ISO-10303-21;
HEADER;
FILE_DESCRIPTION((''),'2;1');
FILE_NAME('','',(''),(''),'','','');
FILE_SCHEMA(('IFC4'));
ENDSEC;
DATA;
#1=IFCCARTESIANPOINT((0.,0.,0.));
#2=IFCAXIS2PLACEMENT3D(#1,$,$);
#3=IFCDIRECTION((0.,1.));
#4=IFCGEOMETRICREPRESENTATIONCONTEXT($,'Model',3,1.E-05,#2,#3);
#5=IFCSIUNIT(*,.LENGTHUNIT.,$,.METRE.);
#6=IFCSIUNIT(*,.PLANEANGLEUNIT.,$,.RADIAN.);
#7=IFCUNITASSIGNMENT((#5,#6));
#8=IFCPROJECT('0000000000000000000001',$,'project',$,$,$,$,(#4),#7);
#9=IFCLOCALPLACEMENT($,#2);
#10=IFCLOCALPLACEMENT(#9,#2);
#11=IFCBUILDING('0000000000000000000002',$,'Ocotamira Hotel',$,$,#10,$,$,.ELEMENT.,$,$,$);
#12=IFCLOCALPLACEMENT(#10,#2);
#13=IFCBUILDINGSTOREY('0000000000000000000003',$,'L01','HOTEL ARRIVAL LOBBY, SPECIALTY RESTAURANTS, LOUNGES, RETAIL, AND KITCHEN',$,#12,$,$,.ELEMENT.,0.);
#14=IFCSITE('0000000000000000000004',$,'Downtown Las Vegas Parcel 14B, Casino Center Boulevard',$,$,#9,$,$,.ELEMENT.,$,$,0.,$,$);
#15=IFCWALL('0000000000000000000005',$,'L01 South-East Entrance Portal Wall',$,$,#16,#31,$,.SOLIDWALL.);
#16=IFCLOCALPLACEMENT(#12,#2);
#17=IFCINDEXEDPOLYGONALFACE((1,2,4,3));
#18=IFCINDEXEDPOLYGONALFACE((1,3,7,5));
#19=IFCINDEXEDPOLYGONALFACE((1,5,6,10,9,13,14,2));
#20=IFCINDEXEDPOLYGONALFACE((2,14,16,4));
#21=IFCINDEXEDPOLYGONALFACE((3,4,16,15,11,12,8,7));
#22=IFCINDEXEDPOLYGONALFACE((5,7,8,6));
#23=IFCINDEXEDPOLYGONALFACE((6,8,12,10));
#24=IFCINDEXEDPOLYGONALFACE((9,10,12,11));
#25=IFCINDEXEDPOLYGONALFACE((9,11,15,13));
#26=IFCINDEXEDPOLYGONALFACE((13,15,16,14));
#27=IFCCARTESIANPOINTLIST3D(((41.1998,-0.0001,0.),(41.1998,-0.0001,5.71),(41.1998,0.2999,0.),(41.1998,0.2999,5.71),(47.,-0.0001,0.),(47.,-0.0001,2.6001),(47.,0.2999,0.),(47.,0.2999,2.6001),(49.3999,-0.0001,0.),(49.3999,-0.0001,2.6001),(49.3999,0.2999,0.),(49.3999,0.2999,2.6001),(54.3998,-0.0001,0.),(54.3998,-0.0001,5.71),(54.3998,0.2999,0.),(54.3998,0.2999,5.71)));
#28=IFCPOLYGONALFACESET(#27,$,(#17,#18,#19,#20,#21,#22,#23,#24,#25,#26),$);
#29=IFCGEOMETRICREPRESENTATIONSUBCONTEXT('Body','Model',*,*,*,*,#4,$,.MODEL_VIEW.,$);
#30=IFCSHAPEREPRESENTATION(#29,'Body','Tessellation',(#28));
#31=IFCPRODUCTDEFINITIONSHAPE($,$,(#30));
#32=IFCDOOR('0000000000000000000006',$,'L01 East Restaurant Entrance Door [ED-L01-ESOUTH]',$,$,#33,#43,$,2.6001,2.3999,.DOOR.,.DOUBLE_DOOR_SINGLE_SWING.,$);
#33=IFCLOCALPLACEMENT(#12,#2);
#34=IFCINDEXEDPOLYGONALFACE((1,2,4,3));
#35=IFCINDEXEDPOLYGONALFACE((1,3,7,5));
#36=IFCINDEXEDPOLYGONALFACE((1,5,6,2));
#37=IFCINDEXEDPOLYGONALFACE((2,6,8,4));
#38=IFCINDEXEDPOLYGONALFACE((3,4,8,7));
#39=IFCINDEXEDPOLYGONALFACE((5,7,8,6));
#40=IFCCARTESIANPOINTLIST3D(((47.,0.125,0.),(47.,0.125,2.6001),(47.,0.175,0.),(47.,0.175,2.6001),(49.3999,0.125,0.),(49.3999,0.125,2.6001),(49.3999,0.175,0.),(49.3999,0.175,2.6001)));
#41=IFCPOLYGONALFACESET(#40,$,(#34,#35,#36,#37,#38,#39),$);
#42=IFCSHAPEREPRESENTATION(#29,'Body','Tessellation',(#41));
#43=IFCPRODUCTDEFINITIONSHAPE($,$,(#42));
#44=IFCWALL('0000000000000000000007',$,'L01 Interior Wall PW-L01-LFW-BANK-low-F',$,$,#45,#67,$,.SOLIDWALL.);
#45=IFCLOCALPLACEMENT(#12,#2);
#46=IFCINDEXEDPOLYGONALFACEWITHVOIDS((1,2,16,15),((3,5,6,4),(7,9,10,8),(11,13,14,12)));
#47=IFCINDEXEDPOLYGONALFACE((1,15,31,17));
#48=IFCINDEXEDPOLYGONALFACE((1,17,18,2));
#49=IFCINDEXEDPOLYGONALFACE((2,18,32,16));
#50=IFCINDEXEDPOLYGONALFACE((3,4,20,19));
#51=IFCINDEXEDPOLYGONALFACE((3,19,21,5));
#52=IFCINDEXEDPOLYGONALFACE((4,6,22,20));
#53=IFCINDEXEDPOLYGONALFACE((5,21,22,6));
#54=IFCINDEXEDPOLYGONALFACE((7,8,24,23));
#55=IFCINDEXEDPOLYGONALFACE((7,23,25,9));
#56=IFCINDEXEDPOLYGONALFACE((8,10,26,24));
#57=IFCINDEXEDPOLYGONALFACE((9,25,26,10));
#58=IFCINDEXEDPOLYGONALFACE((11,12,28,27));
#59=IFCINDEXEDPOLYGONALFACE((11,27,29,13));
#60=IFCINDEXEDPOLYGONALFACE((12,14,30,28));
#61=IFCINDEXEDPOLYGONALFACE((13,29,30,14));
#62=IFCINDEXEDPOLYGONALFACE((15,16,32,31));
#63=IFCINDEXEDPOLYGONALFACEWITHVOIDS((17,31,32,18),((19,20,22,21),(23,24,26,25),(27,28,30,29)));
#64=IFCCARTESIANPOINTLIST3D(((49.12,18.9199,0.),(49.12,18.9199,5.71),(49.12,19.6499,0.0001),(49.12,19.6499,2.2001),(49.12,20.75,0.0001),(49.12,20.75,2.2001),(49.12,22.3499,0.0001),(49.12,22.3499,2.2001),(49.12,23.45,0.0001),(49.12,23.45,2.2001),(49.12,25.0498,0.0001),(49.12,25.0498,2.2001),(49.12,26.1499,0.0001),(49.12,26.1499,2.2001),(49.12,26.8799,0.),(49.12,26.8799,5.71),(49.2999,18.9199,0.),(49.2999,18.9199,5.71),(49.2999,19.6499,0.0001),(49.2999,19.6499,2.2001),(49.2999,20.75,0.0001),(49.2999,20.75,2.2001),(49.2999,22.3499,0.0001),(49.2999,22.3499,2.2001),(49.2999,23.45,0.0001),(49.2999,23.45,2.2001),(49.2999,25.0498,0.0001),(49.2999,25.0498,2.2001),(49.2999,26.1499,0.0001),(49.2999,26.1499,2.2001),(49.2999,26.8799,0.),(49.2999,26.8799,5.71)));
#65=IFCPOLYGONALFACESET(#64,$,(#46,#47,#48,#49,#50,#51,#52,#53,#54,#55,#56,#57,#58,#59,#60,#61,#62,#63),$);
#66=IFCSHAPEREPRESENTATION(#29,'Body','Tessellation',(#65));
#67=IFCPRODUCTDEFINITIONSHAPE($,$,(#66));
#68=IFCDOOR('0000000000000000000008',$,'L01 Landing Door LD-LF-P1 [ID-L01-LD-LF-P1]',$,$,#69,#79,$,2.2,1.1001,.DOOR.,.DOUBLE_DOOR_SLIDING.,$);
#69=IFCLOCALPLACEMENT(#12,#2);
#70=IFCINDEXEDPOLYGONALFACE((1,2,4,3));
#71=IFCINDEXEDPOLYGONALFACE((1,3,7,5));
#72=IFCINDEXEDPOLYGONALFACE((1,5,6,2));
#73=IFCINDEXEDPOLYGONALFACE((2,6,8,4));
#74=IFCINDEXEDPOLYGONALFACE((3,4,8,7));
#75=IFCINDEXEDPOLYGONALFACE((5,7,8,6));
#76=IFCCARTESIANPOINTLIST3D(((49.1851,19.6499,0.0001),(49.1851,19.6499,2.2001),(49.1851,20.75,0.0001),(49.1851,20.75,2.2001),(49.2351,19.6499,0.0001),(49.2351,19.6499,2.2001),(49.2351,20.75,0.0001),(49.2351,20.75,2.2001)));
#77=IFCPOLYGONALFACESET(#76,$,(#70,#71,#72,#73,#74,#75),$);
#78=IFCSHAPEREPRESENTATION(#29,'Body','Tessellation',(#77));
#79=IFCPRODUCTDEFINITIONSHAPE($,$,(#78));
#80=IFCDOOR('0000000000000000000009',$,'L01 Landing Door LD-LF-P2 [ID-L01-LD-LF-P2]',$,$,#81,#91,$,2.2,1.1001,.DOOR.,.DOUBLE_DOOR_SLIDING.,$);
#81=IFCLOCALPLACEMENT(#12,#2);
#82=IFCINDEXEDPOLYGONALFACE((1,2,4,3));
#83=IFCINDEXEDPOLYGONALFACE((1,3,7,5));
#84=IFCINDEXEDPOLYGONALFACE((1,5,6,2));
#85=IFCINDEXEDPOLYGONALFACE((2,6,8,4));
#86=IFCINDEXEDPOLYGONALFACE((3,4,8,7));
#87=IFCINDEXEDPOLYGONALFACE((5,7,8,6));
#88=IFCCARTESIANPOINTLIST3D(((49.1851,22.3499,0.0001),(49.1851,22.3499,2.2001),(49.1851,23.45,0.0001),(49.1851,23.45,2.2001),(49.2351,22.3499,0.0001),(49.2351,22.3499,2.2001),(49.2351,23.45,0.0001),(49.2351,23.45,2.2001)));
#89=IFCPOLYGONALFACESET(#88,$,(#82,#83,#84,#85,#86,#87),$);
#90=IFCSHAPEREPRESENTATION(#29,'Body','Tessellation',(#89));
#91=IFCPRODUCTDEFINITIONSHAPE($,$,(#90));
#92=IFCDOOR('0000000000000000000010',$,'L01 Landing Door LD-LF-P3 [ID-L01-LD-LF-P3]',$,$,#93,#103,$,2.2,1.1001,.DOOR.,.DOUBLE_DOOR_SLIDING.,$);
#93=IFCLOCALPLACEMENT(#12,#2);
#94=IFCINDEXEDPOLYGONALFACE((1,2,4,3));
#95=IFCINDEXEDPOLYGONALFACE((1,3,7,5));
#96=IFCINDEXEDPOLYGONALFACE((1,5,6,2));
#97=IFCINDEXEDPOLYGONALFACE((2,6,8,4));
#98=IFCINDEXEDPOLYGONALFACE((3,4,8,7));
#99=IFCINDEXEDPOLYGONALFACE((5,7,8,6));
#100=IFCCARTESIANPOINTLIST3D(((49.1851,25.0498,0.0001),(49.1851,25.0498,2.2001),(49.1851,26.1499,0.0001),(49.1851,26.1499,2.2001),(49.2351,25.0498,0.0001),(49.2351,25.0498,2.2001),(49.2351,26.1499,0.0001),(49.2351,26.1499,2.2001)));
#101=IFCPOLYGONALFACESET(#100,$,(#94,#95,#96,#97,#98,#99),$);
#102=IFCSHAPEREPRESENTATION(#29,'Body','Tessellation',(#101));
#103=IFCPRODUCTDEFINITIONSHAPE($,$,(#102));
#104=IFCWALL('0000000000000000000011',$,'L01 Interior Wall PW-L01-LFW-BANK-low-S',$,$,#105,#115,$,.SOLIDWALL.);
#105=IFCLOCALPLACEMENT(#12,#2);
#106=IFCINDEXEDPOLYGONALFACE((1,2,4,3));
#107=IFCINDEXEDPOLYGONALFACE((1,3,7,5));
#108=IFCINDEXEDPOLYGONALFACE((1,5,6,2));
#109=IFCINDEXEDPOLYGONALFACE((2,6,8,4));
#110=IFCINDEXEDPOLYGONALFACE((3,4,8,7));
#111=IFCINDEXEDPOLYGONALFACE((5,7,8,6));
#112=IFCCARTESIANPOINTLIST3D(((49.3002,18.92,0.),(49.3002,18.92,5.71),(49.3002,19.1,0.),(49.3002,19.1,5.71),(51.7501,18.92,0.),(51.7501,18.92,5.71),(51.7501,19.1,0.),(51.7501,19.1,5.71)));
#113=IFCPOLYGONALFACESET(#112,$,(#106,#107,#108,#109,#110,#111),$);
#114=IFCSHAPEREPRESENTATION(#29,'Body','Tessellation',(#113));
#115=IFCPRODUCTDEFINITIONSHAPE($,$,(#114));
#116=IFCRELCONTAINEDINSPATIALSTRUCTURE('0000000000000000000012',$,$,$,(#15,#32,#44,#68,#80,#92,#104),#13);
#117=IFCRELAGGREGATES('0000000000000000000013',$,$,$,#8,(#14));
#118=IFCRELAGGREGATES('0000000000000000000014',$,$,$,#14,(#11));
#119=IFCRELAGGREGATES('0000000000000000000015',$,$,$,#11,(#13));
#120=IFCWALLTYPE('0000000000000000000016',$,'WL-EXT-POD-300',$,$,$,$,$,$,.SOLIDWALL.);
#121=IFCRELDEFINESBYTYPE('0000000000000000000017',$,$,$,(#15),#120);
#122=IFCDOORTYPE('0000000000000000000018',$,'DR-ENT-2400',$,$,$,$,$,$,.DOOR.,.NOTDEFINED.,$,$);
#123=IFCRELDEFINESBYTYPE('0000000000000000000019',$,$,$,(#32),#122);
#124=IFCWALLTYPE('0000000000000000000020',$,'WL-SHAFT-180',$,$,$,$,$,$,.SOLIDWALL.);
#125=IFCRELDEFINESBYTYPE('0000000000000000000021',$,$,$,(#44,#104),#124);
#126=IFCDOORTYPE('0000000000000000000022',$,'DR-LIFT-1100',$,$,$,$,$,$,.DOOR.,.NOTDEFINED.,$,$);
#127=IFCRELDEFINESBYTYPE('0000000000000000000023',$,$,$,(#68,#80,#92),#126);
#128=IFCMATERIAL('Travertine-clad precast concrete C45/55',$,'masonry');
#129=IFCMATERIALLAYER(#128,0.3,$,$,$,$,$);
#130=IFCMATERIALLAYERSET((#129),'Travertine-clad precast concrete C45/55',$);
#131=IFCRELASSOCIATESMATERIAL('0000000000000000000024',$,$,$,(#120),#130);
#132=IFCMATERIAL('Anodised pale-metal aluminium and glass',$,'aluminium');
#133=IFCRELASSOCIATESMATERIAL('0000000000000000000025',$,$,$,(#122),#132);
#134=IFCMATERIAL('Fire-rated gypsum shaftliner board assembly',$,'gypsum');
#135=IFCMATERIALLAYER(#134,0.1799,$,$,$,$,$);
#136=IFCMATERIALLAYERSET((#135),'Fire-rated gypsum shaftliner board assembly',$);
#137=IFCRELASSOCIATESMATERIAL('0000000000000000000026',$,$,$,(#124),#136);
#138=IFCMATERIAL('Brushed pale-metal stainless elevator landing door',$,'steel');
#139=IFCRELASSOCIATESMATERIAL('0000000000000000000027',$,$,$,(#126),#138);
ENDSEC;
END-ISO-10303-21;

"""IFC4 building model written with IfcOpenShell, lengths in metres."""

from ifc_helpers import new_model, si_unit, direction, frame, frame_2d, origin, place, context, subcontext, project, spatial, rectangle, extrude, source, transform, mapped, material, layer, layer_set, type_object, element, fill, save


model = new_model("IFC4")

# Units and contexts
model_context = context("Model", 3, precision=1e-05, world=origin(), true_north=direction((0.0, 1.0)))
body_context = subcontext(model_context, "Body", "Model", "MODEL_VIEW")
ifc_project = project(units=[si_unit("LENGTHUNIT", "METRE"), si_unit("PLANEANGLEUNIT", "RADIAN")], contexts=[model_context])

# Site, building, storey
site_placement = place(None, origin())
site = spatial("IfcSite", under=ifc_project, at=site_placement, Name="Downtown Las Vegas Parcel 14B, Casino Center Boulevard", CompositionType="ELEMENT", RefElevation=0.0)
building_placement = place(site_placement, origin())
building = spatial("IfcBuilding", under=site, at=building_placement, Name="Ocotamira Hotel", CompositionType="ELEMENT")
storey_placement = place(building_placement, origin())
storey = spatial("IfcBuildingStorey", under=building, at=storey_placement, Name="L01", Description="HOTEL ARRIVAL LOBBY, SPECIALTY RESTAURANTS, LOUNGES, RETAIL, AND KITCHEN", CompositionType="ELEMENT", Elevation=0.0)

# Wall, opening, door
ifc_material_1 = material(Name="Travertine-clad precast concrete C45/55", Category="masonry")
ifc_layer_1 = layer(ifc_material_1, 0.3)
ifc_layer_set_1 = layer_set([ifc_layer_1], Name="Travertine-clad precast concrete C45/55")
wall_type_1 = type_object("IfcWallType", Name="WL-EXT-POD-300", PredefinedType="SOLIDWALL", material=ifc_layer_set_1)
wall_1_placement = place(storey_placement, frame((54.3999, 0.1499, 0.0), z_axis=(0.0, 0.0, 1.0), x_axis=(-1.0, 0.0, 0.0)))
wall_1 = element("IfcWall", 1, at=wall_1_placement, inside=storey, type_object=wall_type_1, Name="L01 South-East Entrance Portal Wall", PredefinedType="SOLIDWALL", context=body_context, shape_type="SweptSolid", body=[
    extrude(rectangle(XDim=13.2, YDim=0.3, at=frame_2d((6.6001, 0.0))), origin(), (0.0, 0.0, 1.0), 5.71),
])
opening_1_placement = place(wall_1_placement, frame((5.0, 0.0, 0.0)))
opening_1 = element("IfcOpeningElement", 2, at=opening_1_placement, cuts=wall_1, PredefinedType="OPENING", context=body_context, shape_type="SweptSolid", body=[
    extrude(rectangle(XDim=2.3999, YDim=2.6001, at=frame_2d((1.2, 1.3))), frame((0.0, 0.1602, 0.0), z_axis=(0.0, -1.0, 0.0), x_axis=(1.0, 0.0, 0.0)), (0.0, 0.0, 1.0), 0.3201),
])
ifc_material_2 = material(Name="Anodised pale-metal aluminium and glass", Category="aluminium")
door_type_1 = type_object("IfcDoorType", Name="DR-ENT-2400", OperationType="NOTDEFINED", PredefinedType="DOOR", material=ifc_material_2)
shared_shape_1 = source(origin(), body_context, "Body", "SweptSolid", [
    extrude(rectangle(XDim=2.3999, YDim=2.6001, at=frame_2d((1.2, 1.3))), frame((0.0, 0.0249, 0.0), z_axis=(0.0, -1.0, 0.0), x_axis=(1.0, 0.0, 0.0)), (0.0, 0.0, 1.0), 0.05),
])
door_1_placement = place(opening_1_placement, origin())
door_1 = element("IfcDoor", 3, at=door_1_placement, inside=storey, type_object=door_type_1, Name="L01 East Restaurant Entrance Door [ED-L01-ESOUTH]", OperationType="DOUBLE_DOOR_SINGLE_SWING", OverallHeight=2.6001, OverallWidth=2.3999, PredefinedType="DOOR", context=body_context, shape_type="MappedRepresentation", body=[
    mapped(shared_shape_1, transform((0.0, 0.0, 0.0), scale=1.0)),
])
fill(opening_1, door_1)

# Wall, openings, doors
ifc_material_3 = material(Name="Fire-rated gypsum shaftliner board assembly", Category="gypsum")
ifc_layer_2 = layer(ifc_material_3, 0.1799)
ifc_layer_set_2 = layer_set([ifc_layer_2], Name="Fire-rated gypsum shaftliner board assembly")
wall_type_2 = type_object("IfcWallType", Name="WL-SHAFT-180", PredefinedType="SOLIDWALL", material=ifc_layer_set_2)
wall_2_placement = place(storey_placement, frame((49.21, 18.9199, 0.0), z_axis=(0.0, 0.0, 1.0), x_axis=(0.0, 1.0, 0.0)))
wall_2 = element("IfcWall", 4, at=wall_2_placement, inside=storey, type_object=wall_type_2, Name="L01 Interior Wall PW-L01-LFW-BANK-low-F", PredefinedType="SOLIDWALL", context=body_context, shape_type="SweptSolid", body=[
    extrude(rectangle(XDim=7.96, YDim=0.1799, at=frame_2d((3.98, 0.0))), origin(), (0.0, 0.0, 1.0), 5.71),
])
opening_2_placement = place(wall_2_placement, frame((0.73, 0.0, 0.0)))
opening_2 = element("IfcOpeningElement", 5, at=opening_2_placement, cuts=wall_2, PredefinedType="OPENING", context=body_context, shape_type="SweptSolid", body=[
    extrude(rectangle(XDim=1.1001, YDim=2.2, at=frame_2d((0.55, 1.1001))), frame((0.0, 0.1001, 0.0), z_axis=(0.0, -1.0, 0.0), x_axis=(1.0, 0.0, 0.0)), (0.0, 0.0, 1.0), 0.2),
])
opening_3_placement = place(wall_2_placement, frame((3.4299, 0.0, 0.0)))
opening_3 = element("IfcOpeningElement", 6, at=opening_3_placement, cuts=wall_2, PredefinedType="OPENING", context=body_context, shape_type="SweptSolid", body=[
    extrude(rectangle(XDim=1.1001, YDim=2.2, at=frame_2d((0.55, 1.1001))), frame((0.0, 0.1001, 0.0), z_axis=(0.0, -1.0, 0.0), x_axis=(1.0, 0.0, 0.0)), (0.0, 0.0, 1.0), 0.2),
])
opening_4_placement = place(wall_2_placement, frame((6.1299, 0.0, 0.0)))
opening_4 = element("IfcOpeningElement", 7, at=opening_4_placement, cuts=wall_2, PredefinedType="OPENING", context=body_context, shape_type="SweptSolid", body=[
    extrude(rectangle(XDim=1.1001, YDim=2.2, at=frame_2d((0.55, 1.1001))), frame((0.0, 0.1001, 0.0), z_axis=(0.0, -1.0, 0.0), x_axis=(1.0, 0.0, 0.0)), (0.0, 0.0, 1.0), 0.2),
])
ifc_material_4 = material(Name="Brushed pale-metal stainless elevator landing door", Category="steel")
door_type_2 = type_object("IfcDoorType", Name="DR-LIFT-1100", OperationType="NOTDEFINED", PredefinedType="DOOR", material=ifc_material_4)
shared_shape_2 = source(origin(), body_context, "Body", "SweptSolid", [
    extrude(rectangle(XDim=1.1001, YDim=2.2, at=frame_2d((0.55, 1.1001))), frame((0.0, 0.0249, 0.0), z_axis=(0.0, -1.0, 0.0), x_axis=(1.0, 0.0, 0.0)), (0.0, 0.0, 1.0), 0.05),
])
door_2_placement = place(opening_2_placement, origin())
door_2 = element("IfcDoor", 8, at=door_2_placement, inside=storey, type_object=door_type_2, Name="L01 Landing Door LD-LF-P1 [ID-L01-LD-LF-P1]", OperationType="DOUBLE_DOOR_SLIDING", OverallHeight=2.2, OverallWidth=1.1001, PredefinedType="DOOR", context=body_context, shape_type="MappedRepresentation", body=[
    mapped(shared_shape_2, transform((0.0, 0.0, 0.0), scale=1.0)),
])
fill(opening_2, door_2)
door_3_placement = place(opening_3_placement, origin())
door_3 = element("IfcDoor", 9, at=door_3_placement, inside=storey, type_object=door_type_2, Name="L01 Landing Door LD-LF-P2 [ID-L01-LD-LF-P2]", OperationType="DOUBLE_DOOR_SLIDING", OverallHeight=2.2, OverallWidth=1.1001, PredefinedType="DOOR", context=body_context, shape_type="MappedRepresentation", body=[
    mapped(shared_shape_2, transform((0.0, 0.0, 0.0), scale=1.0)),
])
fill(opening_3, door_3)
door_4_placement = place(opening_4_placement, origin())
door_4 = element("IfcDoor", 10, at=door_4_placement, inside=storey, type_object=door_type_2, Name="L01 Landing Door LD-LF-P3 [ID-L01-LD-LF-P3]", OperationType="DOUBLE_DOOR_SLIDING", OverallHeight=2.2, OverallWidth=1.1001, PredefinedType="DOOR", context=body_context, shape_type="MappedRepresentation", body=[
    mapped(shared_shape_2, transform((0.0, 0.0, 0.0), scale=1.0)),
])
fill(opening_4, door_4)

# Wall
wall_3_placement = place(storey_placement, frame((49.3, 19.01, 0.0), z_axis=(0.0, 0.0, 1.0), x_axis=(1.0, 0.0, 0.0)))
element("IfcWall", 11, at=wall_3_placement, inside=storey, type_object=wall_type_2, Name="L01 Interior Wall PW-L01-LFW-BANK-low-S", PredefinedType="SOLIDWALL", context=body_context, shape_type="SweptSolid", body=[
    extrude(rectangle(XDim=2.45, YDim=0.1799, at=frame_2d((1.2251, 0.0))), origin(), (0.0, 0.0, 1.0), 5.71),
])

save(model, "model.ifc")
